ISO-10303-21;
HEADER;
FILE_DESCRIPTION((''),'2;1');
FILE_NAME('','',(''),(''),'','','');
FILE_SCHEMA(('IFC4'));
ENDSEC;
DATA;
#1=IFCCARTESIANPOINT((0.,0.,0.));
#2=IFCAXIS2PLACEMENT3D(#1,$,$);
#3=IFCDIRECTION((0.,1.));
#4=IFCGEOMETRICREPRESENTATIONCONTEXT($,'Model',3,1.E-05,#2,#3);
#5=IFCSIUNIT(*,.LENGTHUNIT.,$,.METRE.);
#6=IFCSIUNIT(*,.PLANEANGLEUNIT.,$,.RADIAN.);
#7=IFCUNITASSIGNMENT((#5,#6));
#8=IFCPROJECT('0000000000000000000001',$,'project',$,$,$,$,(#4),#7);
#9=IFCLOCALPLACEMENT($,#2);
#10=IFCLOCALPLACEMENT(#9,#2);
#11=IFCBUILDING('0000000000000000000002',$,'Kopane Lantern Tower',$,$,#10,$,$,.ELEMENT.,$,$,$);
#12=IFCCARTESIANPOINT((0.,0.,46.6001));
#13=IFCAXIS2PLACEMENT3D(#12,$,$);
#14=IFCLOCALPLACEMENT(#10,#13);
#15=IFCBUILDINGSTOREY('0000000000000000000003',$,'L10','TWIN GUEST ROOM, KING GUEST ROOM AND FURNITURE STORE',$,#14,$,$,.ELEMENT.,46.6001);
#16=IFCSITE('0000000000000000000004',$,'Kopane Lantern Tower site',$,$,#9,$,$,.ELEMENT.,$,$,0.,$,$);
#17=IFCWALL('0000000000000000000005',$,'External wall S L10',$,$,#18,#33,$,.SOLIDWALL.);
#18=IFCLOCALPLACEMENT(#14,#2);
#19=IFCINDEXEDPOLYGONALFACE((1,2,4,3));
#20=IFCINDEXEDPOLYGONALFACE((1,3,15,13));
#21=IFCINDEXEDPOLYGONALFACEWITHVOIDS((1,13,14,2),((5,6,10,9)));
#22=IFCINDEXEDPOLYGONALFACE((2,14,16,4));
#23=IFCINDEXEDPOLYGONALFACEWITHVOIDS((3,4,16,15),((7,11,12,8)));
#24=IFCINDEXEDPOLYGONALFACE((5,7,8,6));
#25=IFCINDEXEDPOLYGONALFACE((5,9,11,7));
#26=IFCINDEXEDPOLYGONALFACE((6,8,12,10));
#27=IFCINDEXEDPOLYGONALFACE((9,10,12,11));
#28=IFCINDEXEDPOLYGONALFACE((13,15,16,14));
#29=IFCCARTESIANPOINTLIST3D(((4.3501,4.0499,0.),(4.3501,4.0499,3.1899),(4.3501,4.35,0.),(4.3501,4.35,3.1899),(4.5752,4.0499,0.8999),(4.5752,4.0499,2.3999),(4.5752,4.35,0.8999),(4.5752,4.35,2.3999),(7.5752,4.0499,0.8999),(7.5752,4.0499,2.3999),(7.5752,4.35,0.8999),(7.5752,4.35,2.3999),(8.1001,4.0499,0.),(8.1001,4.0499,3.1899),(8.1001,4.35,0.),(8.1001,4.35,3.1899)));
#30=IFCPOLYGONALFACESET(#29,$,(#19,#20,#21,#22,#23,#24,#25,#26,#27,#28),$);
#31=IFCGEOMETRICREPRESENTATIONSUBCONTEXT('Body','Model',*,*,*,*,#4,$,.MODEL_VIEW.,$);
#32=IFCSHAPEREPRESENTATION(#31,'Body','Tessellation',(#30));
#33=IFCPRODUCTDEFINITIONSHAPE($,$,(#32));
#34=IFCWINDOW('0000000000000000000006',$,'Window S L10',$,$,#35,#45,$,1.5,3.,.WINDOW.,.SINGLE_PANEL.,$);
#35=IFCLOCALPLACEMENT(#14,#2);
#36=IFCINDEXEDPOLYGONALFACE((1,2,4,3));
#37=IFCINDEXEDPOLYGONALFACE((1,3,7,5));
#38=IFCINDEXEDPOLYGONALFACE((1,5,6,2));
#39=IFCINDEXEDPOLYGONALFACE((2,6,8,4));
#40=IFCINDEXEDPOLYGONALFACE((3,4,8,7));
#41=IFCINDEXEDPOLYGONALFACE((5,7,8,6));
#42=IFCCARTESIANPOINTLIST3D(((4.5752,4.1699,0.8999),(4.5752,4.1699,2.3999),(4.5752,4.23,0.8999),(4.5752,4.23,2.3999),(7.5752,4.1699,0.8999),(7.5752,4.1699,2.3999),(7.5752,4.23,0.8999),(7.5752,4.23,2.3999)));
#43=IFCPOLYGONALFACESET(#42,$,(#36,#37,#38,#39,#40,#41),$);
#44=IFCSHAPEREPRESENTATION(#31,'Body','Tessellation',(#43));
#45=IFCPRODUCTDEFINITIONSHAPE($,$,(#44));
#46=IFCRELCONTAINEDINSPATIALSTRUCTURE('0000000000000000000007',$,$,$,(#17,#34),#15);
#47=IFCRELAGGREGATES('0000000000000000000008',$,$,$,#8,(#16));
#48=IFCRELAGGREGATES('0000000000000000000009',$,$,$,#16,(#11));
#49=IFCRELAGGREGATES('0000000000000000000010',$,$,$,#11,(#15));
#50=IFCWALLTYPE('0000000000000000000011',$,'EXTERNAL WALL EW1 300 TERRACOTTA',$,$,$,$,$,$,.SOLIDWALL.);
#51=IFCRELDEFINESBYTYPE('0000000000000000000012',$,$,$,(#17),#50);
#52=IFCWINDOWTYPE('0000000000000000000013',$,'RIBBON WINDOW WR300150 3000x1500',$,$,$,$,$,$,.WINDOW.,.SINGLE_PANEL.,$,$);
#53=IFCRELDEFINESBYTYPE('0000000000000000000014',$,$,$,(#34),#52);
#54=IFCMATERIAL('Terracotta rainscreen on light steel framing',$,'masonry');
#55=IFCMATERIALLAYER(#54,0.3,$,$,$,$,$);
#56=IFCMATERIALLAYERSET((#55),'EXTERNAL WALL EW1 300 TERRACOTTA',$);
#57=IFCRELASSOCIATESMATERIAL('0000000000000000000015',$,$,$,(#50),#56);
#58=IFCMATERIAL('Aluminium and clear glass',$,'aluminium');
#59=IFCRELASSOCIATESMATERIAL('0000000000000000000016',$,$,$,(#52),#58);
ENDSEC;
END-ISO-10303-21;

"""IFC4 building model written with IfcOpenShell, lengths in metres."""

from ifc_helpers import new_model, si_unit, direction, frame, frame_2d, origin, place, context, subcontext, project, spatial, rectangle, extrude, material, layer, layer_set, type_object, element, fill, save


model = new_model("IFC4")

# Units and contexts
model_context = context("Model", 3, precision=1e-05, world=origin(), true_north=direction((0.0, 1.0)))
body_context = subcontext(model_context, "Body", "Model", "MODEL_VIEW")
ifc_project = project(units=[si_unit("LENGTHUNIT", "METRE"), si_unit("PLANEANGLEUNIT", "RADIAN")], contexts=[model_context])

# Site, building, storey
site_placement = place(None, origin())
site = spatial("IfcSite", under=ifc_project, at=site_placement, Name="Kopane Lantern Tower site", CompositionType="ELEMENT", RefElevation=0.0)
building_placement = place(site_placement, origin())
building = spatial("IfcBuilding", under=site, at=building_placement, Name="Kopane Lantern Tower", CompositionType="ELEMENT")
storey_placement = place(building_placement, frame((0.0, 0.0, 46.6001)))
storey = spatial("IfcBuildingStorey", under=building, at=storey_placement, Name="L10", Description="TWIN GUEST ROOM, KING GUEST ROOM AND FURNITURE STORE", CompositionType="ELEMENT", Elevation=46.6001)

# Wall, opening, window
ifc_material_1 = material(Name="Terracotta rainscreen on light steel framing", Category="masonry")
ifc_layer_1 = layer(ifc_material_1, 0.3)
ifc_layer_set_1 = layer_set([ifc_layer_1], Name="EXTERNAL WALL EW1 300 TERRACOTTA")
wall_type_1 = type_object("IfcWallType", Name="EXTERNAL WALL EW1 300 TERRACOTTA", PredefinedType="SOLIDWALL", material=ifc_layer_set_1)
ifc_material_2 = material(Name="Aluminium and clear glass", Category="aluminium")
window_type = type_object("IfcWindowType", Name="RIBBON WINDOW WR300150 3000x1500", PartitioningType="SINGLE_PANEL", PredefinedType="WINDOW", material=ifc_material_2)
wall_1_placement = place(storey_placement, frame((4.3501, 4.2, 0.0), z_axis=(0.0, 0.0, 1.0), x_axis=(1.0, 0.0, 0.0)))
wall_1 = element("IfcWall", 1, at=wall_1_placement, inside=storey, type_object=wall_type_1, Name="External wall S L10", PredefinedType="SOLIDWALL", context=body_context, shape_type="SweptSolid", body=[
    extrude(rectangle(XDim=3.75, YDim=0.3, at=frame_2d((1.875, 0.0))), origin(), (0.0, 0.0, 1.0), 3.1899),
])
opening_1_placement = place(wall_1_placement, frame((0.2251, 0.0, 0.8999)))
opening_1 = element("IfcOpeningElement", 2, at=opening_1_placement, cuts=wall_1, PredefinedType="OPENING", context=body_context, shape_type="SweptSolid", body=[
    extrude(rectangle(XDim=3.0, YDim=1.5, at=frame_2d((1.5, 0.75))), frame((0.0, 0.1599, 0.0), z_axis=(0.0, -1.0, 0.0), x_axis=(1.0, 0.0, 0.0)), (0.0, 0.0, 1.0), 0.3201),
])
window_1_placement = place(opening_1_placement, origin())
window_1 = element("IfcWindow", 3, at=window_1_placement, inside=storey, type_object=window_type, Name="Window S L10", OverallHeight=1.5, OverallWidth=3.0, PartitioningType="SINGLE_PANEL", PredefinedType="WINDOW", context=body_context, shape_type="SweptSolid", body=[
    extrude(rectangle(XDim=3.0, YDim=1.5, at=frame_2d((1.5, 0.75))), frame((0.0, 0.03, 0.0), z_axis=(0.0, -1.0, 0.0), x_axis=(1.0, 0.0, 0.0)), (0.0, 0.0, 1.0), 0.0601),
])
fill(opening_1, window_1)

save(model, "model.ifc")
